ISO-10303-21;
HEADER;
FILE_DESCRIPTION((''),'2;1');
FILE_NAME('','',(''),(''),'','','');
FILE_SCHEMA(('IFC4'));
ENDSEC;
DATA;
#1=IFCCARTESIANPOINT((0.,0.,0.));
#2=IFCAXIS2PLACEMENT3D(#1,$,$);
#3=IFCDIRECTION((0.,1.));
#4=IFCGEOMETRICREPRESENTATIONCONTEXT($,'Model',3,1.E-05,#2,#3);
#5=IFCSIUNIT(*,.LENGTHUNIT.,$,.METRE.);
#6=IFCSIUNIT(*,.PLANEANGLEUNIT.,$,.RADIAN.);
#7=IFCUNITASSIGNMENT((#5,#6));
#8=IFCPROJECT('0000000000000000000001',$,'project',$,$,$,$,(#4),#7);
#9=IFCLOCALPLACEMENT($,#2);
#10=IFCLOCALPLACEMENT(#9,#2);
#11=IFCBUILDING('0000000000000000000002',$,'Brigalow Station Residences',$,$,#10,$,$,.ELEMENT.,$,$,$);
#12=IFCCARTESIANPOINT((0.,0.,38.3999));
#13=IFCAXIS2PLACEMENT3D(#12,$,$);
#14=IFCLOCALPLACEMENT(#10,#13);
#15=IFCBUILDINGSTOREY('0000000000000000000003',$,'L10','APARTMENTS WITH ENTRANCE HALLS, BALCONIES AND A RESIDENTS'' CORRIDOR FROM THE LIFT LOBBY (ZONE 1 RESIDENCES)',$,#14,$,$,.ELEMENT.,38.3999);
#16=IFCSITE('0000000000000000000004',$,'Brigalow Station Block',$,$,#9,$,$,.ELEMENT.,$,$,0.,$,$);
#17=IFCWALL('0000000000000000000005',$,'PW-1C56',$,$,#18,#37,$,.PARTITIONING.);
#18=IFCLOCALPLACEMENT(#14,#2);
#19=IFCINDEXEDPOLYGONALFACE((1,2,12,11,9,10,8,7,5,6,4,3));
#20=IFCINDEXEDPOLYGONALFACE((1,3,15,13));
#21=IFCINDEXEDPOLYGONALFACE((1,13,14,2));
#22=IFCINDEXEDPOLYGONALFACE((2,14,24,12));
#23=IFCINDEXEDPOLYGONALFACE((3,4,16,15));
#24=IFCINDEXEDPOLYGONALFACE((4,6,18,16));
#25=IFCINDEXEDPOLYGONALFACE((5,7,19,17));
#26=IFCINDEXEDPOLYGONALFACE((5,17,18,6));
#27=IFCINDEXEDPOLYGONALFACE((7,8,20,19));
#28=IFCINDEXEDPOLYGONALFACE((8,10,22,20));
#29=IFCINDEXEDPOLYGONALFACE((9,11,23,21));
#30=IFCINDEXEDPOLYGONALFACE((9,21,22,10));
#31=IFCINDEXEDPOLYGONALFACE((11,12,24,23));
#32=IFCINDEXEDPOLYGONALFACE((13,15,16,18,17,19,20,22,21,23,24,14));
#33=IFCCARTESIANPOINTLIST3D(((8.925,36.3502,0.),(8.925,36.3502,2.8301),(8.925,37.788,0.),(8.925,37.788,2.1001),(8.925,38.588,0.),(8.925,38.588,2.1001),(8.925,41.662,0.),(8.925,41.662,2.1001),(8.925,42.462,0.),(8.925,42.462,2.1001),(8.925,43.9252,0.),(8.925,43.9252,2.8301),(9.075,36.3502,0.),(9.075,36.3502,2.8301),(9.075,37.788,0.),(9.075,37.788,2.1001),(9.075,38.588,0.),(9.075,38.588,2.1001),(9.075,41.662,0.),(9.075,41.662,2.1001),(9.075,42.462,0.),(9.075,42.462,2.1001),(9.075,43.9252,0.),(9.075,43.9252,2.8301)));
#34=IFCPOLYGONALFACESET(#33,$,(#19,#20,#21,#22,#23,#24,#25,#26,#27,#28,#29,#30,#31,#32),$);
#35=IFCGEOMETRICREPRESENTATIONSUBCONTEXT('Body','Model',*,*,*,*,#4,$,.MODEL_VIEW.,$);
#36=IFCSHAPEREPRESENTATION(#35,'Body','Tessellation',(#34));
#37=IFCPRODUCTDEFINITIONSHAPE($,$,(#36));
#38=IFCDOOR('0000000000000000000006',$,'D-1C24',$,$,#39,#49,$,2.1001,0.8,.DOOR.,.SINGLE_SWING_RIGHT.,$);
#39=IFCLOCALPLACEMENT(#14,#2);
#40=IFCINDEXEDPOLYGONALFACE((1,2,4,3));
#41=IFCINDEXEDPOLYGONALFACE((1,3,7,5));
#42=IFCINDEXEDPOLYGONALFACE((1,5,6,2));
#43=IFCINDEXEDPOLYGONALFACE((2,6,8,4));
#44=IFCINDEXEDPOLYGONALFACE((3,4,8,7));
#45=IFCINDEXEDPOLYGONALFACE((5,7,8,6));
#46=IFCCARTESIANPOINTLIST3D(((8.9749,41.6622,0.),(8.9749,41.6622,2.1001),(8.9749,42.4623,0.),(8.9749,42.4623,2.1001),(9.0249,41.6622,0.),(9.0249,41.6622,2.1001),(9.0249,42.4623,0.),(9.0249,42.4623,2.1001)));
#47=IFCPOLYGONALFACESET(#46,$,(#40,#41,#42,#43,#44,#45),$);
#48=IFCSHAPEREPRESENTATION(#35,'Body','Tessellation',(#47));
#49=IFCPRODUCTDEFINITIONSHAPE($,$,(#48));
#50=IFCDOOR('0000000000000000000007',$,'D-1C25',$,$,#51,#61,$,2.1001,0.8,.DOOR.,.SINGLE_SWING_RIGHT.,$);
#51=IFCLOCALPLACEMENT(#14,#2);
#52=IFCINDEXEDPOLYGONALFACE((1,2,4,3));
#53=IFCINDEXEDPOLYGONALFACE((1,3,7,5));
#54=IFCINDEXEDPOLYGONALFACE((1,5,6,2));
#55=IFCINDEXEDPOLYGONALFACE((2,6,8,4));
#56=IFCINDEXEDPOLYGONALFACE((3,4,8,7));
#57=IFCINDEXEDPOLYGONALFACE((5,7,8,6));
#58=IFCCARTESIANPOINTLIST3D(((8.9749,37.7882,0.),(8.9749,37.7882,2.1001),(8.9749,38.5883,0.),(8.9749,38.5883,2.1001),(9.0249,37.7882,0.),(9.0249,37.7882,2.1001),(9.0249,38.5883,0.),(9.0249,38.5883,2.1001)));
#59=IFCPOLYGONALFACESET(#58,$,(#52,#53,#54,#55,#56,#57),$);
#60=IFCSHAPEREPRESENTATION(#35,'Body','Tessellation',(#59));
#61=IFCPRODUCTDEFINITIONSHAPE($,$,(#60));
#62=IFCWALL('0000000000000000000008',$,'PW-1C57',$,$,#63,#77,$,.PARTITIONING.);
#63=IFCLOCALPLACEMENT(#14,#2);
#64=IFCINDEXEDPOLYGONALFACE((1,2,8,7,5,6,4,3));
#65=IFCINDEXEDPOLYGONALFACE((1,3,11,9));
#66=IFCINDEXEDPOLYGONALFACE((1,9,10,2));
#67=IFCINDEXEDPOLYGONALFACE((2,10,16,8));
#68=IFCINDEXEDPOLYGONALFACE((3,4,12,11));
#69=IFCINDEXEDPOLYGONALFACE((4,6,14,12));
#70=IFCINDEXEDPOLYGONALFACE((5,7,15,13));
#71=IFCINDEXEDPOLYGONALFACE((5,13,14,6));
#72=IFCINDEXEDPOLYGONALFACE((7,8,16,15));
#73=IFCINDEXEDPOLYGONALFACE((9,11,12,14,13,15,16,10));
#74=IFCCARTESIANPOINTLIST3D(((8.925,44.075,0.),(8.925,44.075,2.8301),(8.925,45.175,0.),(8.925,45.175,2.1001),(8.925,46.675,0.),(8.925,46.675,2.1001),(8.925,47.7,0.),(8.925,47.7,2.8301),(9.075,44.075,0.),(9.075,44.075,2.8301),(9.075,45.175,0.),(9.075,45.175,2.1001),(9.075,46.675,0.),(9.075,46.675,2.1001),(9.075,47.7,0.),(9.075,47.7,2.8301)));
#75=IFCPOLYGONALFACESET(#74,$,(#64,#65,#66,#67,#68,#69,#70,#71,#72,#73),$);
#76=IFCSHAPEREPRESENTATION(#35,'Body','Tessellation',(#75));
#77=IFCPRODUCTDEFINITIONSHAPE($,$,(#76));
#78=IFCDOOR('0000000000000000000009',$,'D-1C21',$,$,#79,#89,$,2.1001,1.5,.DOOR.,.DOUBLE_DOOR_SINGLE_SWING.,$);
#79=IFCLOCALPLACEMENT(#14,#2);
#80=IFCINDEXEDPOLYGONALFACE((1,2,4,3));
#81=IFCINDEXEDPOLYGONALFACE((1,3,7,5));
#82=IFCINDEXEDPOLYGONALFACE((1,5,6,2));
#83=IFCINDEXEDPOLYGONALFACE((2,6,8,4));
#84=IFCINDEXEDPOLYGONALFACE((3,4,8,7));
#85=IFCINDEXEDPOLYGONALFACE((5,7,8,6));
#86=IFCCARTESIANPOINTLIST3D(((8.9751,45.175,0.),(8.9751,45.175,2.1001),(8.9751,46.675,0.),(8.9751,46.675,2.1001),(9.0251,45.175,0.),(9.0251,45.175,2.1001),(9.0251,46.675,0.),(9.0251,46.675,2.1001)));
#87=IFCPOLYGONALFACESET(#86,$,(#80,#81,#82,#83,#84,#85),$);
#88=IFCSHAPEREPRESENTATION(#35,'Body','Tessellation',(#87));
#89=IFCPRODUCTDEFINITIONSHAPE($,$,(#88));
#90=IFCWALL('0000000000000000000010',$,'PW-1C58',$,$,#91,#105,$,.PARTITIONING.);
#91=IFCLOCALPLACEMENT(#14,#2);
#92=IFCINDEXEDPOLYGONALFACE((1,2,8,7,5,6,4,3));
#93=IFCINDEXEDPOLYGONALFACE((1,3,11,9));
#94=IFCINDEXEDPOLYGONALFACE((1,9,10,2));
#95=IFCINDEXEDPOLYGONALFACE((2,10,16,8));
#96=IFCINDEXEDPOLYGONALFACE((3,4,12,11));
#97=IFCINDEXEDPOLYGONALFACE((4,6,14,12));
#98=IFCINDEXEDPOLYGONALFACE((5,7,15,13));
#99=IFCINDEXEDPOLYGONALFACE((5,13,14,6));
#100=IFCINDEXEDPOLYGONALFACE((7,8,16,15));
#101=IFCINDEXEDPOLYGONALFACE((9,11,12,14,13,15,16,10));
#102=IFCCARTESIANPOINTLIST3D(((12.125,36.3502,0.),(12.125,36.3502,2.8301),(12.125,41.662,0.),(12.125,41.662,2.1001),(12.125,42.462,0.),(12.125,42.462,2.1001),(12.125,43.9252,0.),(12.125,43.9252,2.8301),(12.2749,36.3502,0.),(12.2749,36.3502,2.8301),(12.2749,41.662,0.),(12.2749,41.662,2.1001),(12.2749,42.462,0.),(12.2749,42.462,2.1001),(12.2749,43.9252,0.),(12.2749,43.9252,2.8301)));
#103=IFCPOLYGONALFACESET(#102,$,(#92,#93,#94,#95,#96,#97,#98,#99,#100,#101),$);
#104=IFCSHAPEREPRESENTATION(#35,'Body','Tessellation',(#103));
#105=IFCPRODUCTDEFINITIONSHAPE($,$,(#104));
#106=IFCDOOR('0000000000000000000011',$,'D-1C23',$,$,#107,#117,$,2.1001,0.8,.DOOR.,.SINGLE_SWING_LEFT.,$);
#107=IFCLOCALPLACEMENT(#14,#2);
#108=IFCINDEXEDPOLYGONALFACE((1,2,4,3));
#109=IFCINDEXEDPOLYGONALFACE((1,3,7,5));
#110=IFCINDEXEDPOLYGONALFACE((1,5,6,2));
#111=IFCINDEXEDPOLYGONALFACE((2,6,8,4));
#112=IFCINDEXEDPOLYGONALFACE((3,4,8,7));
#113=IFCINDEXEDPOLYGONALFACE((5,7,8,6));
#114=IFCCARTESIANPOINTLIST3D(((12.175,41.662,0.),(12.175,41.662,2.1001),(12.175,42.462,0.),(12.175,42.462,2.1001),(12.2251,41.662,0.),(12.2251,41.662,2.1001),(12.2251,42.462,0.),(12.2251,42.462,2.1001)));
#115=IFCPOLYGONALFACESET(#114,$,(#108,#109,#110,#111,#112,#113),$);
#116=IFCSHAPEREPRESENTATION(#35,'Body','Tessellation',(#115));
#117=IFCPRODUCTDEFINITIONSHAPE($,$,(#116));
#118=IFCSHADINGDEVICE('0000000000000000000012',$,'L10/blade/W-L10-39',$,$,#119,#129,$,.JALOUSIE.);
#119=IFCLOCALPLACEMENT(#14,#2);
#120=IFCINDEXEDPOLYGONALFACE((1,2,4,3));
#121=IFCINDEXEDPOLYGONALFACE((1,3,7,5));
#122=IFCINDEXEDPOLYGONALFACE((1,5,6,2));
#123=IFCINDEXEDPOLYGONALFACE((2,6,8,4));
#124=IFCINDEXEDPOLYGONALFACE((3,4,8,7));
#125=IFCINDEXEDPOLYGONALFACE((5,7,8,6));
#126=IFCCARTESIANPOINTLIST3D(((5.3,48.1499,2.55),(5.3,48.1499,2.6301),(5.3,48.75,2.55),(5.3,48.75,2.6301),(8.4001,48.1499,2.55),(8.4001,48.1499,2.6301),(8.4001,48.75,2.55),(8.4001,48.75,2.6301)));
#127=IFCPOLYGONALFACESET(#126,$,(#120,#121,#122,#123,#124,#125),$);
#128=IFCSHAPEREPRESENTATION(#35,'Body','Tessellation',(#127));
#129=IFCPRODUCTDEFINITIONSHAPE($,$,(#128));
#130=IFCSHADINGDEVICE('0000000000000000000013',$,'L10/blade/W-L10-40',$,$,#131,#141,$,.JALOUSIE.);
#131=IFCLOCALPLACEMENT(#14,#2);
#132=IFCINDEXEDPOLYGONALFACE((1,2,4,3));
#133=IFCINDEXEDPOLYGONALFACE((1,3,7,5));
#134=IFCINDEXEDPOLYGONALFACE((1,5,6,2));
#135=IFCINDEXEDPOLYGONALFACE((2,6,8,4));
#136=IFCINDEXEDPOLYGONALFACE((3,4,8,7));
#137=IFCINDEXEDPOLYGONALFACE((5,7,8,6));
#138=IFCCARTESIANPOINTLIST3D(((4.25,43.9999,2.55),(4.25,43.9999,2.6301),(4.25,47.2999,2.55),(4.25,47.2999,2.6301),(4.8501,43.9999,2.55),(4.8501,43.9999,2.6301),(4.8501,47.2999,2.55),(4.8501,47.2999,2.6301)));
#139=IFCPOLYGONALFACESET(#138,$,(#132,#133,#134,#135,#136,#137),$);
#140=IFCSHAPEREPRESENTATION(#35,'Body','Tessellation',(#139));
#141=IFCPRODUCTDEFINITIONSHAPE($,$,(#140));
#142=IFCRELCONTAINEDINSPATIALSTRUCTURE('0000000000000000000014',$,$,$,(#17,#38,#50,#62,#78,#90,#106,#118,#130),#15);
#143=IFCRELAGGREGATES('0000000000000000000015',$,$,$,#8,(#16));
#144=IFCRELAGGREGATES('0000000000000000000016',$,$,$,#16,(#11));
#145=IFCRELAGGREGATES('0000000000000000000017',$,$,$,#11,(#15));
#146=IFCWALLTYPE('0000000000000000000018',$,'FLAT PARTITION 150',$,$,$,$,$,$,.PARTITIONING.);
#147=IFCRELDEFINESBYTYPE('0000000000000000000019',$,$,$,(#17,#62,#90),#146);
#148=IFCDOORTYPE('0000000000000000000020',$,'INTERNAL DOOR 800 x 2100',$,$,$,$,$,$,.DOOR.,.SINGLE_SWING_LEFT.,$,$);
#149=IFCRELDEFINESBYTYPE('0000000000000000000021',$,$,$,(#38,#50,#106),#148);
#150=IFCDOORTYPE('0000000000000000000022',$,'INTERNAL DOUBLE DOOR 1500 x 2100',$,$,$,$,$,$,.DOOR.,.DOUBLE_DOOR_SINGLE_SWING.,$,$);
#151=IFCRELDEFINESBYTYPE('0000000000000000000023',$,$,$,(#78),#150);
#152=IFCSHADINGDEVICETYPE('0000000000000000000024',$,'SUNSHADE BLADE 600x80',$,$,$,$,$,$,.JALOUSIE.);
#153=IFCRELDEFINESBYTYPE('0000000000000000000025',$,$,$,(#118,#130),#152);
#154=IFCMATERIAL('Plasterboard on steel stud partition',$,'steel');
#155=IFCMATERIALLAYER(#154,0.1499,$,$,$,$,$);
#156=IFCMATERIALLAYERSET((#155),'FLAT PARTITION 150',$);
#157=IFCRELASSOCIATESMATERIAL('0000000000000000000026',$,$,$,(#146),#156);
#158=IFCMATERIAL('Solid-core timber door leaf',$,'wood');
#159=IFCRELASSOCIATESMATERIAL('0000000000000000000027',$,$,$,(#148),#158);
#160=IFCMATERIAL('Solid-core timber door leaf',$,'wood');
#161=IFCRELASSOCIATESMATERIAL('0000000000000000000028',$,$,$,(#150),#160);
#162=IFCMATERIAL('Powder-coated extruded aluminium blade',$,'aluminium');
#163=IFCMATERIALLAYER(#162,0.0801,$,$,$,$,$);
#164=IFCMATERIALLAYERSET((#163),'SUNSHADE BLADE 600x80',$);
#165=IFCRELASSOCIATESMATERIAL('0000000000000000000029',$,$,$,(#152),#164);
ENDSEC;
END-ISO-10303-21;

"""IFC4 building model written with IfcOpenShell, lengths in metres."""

from ifc_helpers import new_model, si_unit, direction, frame, frame_2d, origin, origin_2d, place, context, subcontext, project, spatial, rectangle, extrude, material, layer, layer_set, type_object, element, fill, save


model = new_model("IFC4")

# Units and contexts
model_context = context("Model", 3, precision=1e-05, world=origin(), true_north=direction((0.0, 1.0)))
body_context = subcontext(model_context, "Body", "Model", "MODEL_VIEW")
ifc_project = project(units=[si_unit("LENGTHUNIT", "METRE"), si_unit("PLANEANGLEUNIT", "RADIAN")], contexts=[model_context])

# Site, building, storey
site_placement = place(None, origin())
site = spatial("IfcSite", under=ifc_project, at=site_placement, Name="Brigalow Station Block", CompositionType="ELEMENT", RefElevation=0.0)
building_placement = place(site_placement, origin())
building = spatial("IfcBuilding", under=site, at=building_placement, Name="Brigalow Station Residences", CompositionType="ELEMENT")
storey_placement = place(building_placement, frame((0.0, 0.0, 38.3999)))
storey = spatial("IfcBuildingStorey", under=building, at=storey_placement, Name="L10", Description="APARTMENTS WITH ENTRANCE HALLS, BALCONIES AND A RESIDENTS' CORRIDOR FROM THE LIFT LOBBY (ZONE 1 RESIDENCES)", CompositionType="ELEMENT", Elevation=38.3999)

# Shared definitions
ifc_material_1 = material(Name="Plasterboard on steel stud partition", Category="steel")
ifc_layer_1 = layer(ifc_material_1, 0.1499)
ifc_layer_set_1 = layer_set([ifc_layer_1], Name="FLAT PARTITION 150")
wall_type_1 = type_object("IfcWallType", Name="FLAT PARTITION 150", PredefinedType="PARTITIONING", material=ifc_layer_set_1)

# Shared definitions
ifc_material_2 = material(Name="Solid-core timber door leaf", Category="wood")
door_type_1 = type_object("IfcDoorType", Name="INTERNAL DOOR 800 x 2100", OperationType="SINGLE_SWING_LEFT", PredefinedType="DOOR", material=ifc_material_2)

# Wall, openings, doors
wall_1_placement = place(storey_placement, frame((9.0, 36.3501, 0.0), z_axis=(0.0, 0.0, 1.0), x_axis=(0.0, 1.0, 0.0)))
wall_1 = element("IfcWall", 1, at=wall_1_placement, inside=storey, type_object=wall_type_1, Name="PW-1C56", PredefinedType="PARTITIONING", context=body_context, shape_type="SweptSolid", body=[
    extrude(rectangle(XDim=7.575, YDim=0.1499, at=frame_2d((3.7876, 0.0))), origin(), (0.0, 0.0, 1.0), 2.8301),
])
opening_1_placement = place(wall_1_placement, frame((5.312, 0.0, 0.0)))
opening_1 = element("IfcOpeningElement", 2, at=opening_1_placement, cuts=wall_1, PredefinedType="OPENING", context=body_context, shape_type="SweptSolid", body=[
    extrude(rectangle(XDim=0.8, YDim=2.1001, at=frame_2d((0.3999, 1.05))), frame((0.0, 0.085, 0.0), z_axis=(0.0, -1.0, 0.0), x_axis=(1.0, 0.0, 0.0)), (0.0, 0.0, 1.0), 0.1699),
])
opening_2_placement = place(wall_1_placement, frame((1.438, 0.0, 0.0)))
opening_2 = element("IfcOpeningElement", 3, at=opening_2_placement, cuts=wall_1, PredefinedType="OPENING", context=body_context, shape_type="SweptSolid", body=[
    extrude(rectangle(XDim=0.8, YDim=2.1001, at=frame_2d((0.3999, 1.05))), frame((0.0, 0.085, 0.0), z_axis=(0.0, -1.0, 0.0), x_axis=(1.0, 0.0, 0.0)), (0.0, 0.0, 1.0), 0.1699),
])
door_1_placement = place(opening_1_placement, frame((0.8, 0.0, 0.0), z_axis=(0.0, 0.0, 1.0), x_axis=(-1.0, 0.0, 0.0)))
door_1 = element("IfcDoor", 4, at=door_1_placement, inside=storey, type_object=door_type_1, Name="D-1C24", OperationType="SINGLE_SWING_RIGHT", OverallHeight=2.1001, OverallWidth=0.8, PredefinedType="DOOR", context=body_context, shape_type="SweptSolid", body=[
    extrude(rectangle(XDim=0.8, YDim=2.1001, at=frame_2d((0.3999, 1.05))), frame((0.0, 0.0249, 0.0), z_axis=(0.0, -1.0, 0.0), x_axis=(1.0, 0.0, 0.0)), (0.0, 0.0, 1.0), 0.05),
])
fill(opening_1, door_1)
door_2_placement = place(opening_2_placement, frame((0.8, 0.0, 0.0), z_axis=(0.0, 0.0, 1.0), x_axis=(-1.0, 0.0, 0.0)))
door_2 = element("IfcDoor", 5, at=door_2_placement, inside=storey, type_object=door_type_1, Name="D-1C25", OperationType="SINGLE_SWING_RIGHT", OverallHeight=2.1001, OverallWidth=0.8, PredefinedType="DOOR", context=body_context, shape_type="SweptSolid", body=[
    extrude(rectangle(XDim=0.8, YDim=2.1001, at=frame_2d((0.3999, 1.05))), frame((0.0, 0.0249, 0.0), z_axis=(0.0, -1.0, 0.0), x_axis=(1.0, 0.0, 0.0)), (0.0, 0.0, 1.0), 0.05),
])
fill(opening_2, door_2)

# Walls, openings, doors
wall_2_placement = place(storey_placement, frame((9.0, 44.075, 0.0), z_axis=(0.0, 0.0, 1.0), x_axis=(0.0, 1.0, 0.0)))
wall_2 = element("IfcWall", 6, at=wall_2_placement, inside=storey, type_object=wall_type_1, Name="PW-1C57", PredefinedType="PARTITIONING", context=body_context, shape_type="SweptSolid", body=[
    extrude(rectangle(XDim=3.625, YDim=0.1499, at=frame_2d((1.8125, 0.0))), origin(), (0.0, 0.0, 1.0), 2.8301),
])
opening_3_placement = place(wall_2_placement, frame((1.1001, 0.0, 0.0)))
opening_3 = element("IfcOpeningElement", 7, at=opening_3_placement, cuts=wall_2, PredefinedType="OPENING", context=body_context, shape_type="SweptSolid", body=[
    extrude(rectangle(XDim=1.5, YDim=2.1001, at=frame_2d((0.75, 1.05))), frame((0.0, 0.085, 0.0), z_axis=(0.0, -1.0, 0.0), x_axis=(1.0, 0.0, 0.0)), (0.0, 0.0, 1.0), 0.1699),
])
ifc_material_3 = material(Name="Solid-core timber door leaf", Category="wood")
door_type_2 = type_object("IfcDoorType", Name="INTERNAL DOUBLE DOOR 1500 x 2100", OperationType="DOUBLE_DOOR_SINGLE_SWING", PredefinedType="DOOR", material=ifc_material_3)
door_3_placement = place(opening_3_placement, origin())
door_3 = element("IfcDoor", 8, at=door_3_placement, inside=storey, type_object=door_type_2, Name="D-1C21", OperationType="DOUBLE_DOOR_SINGLE_SWING", OverallHeight=2.1001, OverallWidth=1.5, PredefinedType="DOOR", context=body_context, shape_type="SweptSolid", body=[
    extrude(rectangle(XDim=1.5, YDim=2.1001, at=frame_2d((0.75, 1.05))), frame((0.0, 0.0249, 0.0), z_axis=(0.0, -1.0, 0.0), x_axis=(1.0, 0.0, 0.0)), (0.0, 0.0, 1.0), 0.05),
])
fill(opening_3, door_3)
wall_3_placement = place(storey_placement, frame((12.2, 36.3501, 0.0), z_axis=(0.0, 0.0, 1.0), x_axis=(0.0, 1.0, 0.0)))
wall_3 = element("IfcWall", 9, at=wall_3_placement, inside=storey, type_object=wall_type_1, Name="PW-1C58", PredefinedType="PARTITIONING", context=body_context, shape_type="SweptSolid", body=[
    extrude(rectangle(XDim=7.575, YDim=0.1499, at=frame_2d((3.7876, 0.0))), origin(), (0.0, 0.0, 1.0), 2.8301),
])
opening_4_placement = place(wall_3_placement, frame((5.312, 0.0, 0.0)))
opening_4 = element("IfcOpeningElement", 10, at=opening_4_placement, cuts=wall_3, PredefinedType="OPENING", context=body_context, shape_type="SweptSolid", body=[
    extrude(rectangle(XDim=0.8, YDim=2.1001, at=frame_2d((0.3999, 1.05))), frame((0.0, 0.085, 0.0), z_axis=(0.0, -1.0, 0.0), x_axis=(1.0, 0.0, 0.0)), (0.0, 0.0, 1.0), 0.1699),
])
door_4_placement = place(opening_4_placement, origin())
door_4 = element("IfcDoor", 11, at=door_4_placement, inside=storey, type_object=door_type_1, Name="D-1C23", OperationType="SINGLE_SWING_LEFT", OverallHeight=2.1001, OverallWidth=0.8, PredefinedType="DOOR", context=body_context, shape_type="SweptSolid", body=[
    extrude(rectangle(XDim=0.8, YDim=2.1001, at=frame_2d((0.3999, 1.05))), frame((0.0, 0.0249, 0.0), z_axis=(0.0, -1.0, 0.0), x_axis=(1.0, 0.0, 0.0)), (0.0, 0.0, 1.0), 0.05),
])
fill(opening_4, door_4)

# Shading devices
ifc_material_4 = material(Name="Powder-coated extruded aluminium blade", Category="aluminium")
ifc_layer_2 = layer(ifc_material_4, 0.0801)
ifc_layer_set_2 = layer_set([ifc_layer_2], Name="SUNSHADE BLADE 600x80")
shading_device_type = type_object("IfcShadingDeviceType", Name="SUNSHADE BLADE 600x80", PredefinedType="JALOUSIE", material=ifc_layer_set_2)
shading_device_1_placement = place(storey_placement, frame((6.8501, 48.45, 2.55), z_axis=(0.0, 0.0, 1.0), x_axis=(-1.0, 0.0, 0.0)))
element("IfcShadingDevice", 12, at=shading_device_1_placement, inside=storey, type_object=shading_device_type, Name="L10/blade/W-L10-39", PredefinedType="JALOUSIE", context=body_context, shape_type="SweptSolid", body=[
    extrude(rectangle(XDim=3.1001, YDim=0.6001, at=origin_2d()), origin(), (0.0, 0.0, 1.0), 0.0801),
])
shading_device_2_placement = place(storey_placement, frame((4.55, 45.6499, 2.55), z_axis=(0.0, 0.0, 1.0), x_axis=(0.0, -1.0, 0.0)))
element("IfcShadingDevice", 13, at=shading_device_2_placement, inside=storey, type_object=shading_device_type, Name="L10/blade/W-L10-40", PredefinedType="JALOUSIE", context=body_context, shape_type="SweptSolid", body=[
    extrude(rectangle(XDim=3.3, YDim=0.6001, at=origin_2d()), origin(), (0.0, 0.0, 1.0), 0.0801),
])

save(model, "model.ifc")
